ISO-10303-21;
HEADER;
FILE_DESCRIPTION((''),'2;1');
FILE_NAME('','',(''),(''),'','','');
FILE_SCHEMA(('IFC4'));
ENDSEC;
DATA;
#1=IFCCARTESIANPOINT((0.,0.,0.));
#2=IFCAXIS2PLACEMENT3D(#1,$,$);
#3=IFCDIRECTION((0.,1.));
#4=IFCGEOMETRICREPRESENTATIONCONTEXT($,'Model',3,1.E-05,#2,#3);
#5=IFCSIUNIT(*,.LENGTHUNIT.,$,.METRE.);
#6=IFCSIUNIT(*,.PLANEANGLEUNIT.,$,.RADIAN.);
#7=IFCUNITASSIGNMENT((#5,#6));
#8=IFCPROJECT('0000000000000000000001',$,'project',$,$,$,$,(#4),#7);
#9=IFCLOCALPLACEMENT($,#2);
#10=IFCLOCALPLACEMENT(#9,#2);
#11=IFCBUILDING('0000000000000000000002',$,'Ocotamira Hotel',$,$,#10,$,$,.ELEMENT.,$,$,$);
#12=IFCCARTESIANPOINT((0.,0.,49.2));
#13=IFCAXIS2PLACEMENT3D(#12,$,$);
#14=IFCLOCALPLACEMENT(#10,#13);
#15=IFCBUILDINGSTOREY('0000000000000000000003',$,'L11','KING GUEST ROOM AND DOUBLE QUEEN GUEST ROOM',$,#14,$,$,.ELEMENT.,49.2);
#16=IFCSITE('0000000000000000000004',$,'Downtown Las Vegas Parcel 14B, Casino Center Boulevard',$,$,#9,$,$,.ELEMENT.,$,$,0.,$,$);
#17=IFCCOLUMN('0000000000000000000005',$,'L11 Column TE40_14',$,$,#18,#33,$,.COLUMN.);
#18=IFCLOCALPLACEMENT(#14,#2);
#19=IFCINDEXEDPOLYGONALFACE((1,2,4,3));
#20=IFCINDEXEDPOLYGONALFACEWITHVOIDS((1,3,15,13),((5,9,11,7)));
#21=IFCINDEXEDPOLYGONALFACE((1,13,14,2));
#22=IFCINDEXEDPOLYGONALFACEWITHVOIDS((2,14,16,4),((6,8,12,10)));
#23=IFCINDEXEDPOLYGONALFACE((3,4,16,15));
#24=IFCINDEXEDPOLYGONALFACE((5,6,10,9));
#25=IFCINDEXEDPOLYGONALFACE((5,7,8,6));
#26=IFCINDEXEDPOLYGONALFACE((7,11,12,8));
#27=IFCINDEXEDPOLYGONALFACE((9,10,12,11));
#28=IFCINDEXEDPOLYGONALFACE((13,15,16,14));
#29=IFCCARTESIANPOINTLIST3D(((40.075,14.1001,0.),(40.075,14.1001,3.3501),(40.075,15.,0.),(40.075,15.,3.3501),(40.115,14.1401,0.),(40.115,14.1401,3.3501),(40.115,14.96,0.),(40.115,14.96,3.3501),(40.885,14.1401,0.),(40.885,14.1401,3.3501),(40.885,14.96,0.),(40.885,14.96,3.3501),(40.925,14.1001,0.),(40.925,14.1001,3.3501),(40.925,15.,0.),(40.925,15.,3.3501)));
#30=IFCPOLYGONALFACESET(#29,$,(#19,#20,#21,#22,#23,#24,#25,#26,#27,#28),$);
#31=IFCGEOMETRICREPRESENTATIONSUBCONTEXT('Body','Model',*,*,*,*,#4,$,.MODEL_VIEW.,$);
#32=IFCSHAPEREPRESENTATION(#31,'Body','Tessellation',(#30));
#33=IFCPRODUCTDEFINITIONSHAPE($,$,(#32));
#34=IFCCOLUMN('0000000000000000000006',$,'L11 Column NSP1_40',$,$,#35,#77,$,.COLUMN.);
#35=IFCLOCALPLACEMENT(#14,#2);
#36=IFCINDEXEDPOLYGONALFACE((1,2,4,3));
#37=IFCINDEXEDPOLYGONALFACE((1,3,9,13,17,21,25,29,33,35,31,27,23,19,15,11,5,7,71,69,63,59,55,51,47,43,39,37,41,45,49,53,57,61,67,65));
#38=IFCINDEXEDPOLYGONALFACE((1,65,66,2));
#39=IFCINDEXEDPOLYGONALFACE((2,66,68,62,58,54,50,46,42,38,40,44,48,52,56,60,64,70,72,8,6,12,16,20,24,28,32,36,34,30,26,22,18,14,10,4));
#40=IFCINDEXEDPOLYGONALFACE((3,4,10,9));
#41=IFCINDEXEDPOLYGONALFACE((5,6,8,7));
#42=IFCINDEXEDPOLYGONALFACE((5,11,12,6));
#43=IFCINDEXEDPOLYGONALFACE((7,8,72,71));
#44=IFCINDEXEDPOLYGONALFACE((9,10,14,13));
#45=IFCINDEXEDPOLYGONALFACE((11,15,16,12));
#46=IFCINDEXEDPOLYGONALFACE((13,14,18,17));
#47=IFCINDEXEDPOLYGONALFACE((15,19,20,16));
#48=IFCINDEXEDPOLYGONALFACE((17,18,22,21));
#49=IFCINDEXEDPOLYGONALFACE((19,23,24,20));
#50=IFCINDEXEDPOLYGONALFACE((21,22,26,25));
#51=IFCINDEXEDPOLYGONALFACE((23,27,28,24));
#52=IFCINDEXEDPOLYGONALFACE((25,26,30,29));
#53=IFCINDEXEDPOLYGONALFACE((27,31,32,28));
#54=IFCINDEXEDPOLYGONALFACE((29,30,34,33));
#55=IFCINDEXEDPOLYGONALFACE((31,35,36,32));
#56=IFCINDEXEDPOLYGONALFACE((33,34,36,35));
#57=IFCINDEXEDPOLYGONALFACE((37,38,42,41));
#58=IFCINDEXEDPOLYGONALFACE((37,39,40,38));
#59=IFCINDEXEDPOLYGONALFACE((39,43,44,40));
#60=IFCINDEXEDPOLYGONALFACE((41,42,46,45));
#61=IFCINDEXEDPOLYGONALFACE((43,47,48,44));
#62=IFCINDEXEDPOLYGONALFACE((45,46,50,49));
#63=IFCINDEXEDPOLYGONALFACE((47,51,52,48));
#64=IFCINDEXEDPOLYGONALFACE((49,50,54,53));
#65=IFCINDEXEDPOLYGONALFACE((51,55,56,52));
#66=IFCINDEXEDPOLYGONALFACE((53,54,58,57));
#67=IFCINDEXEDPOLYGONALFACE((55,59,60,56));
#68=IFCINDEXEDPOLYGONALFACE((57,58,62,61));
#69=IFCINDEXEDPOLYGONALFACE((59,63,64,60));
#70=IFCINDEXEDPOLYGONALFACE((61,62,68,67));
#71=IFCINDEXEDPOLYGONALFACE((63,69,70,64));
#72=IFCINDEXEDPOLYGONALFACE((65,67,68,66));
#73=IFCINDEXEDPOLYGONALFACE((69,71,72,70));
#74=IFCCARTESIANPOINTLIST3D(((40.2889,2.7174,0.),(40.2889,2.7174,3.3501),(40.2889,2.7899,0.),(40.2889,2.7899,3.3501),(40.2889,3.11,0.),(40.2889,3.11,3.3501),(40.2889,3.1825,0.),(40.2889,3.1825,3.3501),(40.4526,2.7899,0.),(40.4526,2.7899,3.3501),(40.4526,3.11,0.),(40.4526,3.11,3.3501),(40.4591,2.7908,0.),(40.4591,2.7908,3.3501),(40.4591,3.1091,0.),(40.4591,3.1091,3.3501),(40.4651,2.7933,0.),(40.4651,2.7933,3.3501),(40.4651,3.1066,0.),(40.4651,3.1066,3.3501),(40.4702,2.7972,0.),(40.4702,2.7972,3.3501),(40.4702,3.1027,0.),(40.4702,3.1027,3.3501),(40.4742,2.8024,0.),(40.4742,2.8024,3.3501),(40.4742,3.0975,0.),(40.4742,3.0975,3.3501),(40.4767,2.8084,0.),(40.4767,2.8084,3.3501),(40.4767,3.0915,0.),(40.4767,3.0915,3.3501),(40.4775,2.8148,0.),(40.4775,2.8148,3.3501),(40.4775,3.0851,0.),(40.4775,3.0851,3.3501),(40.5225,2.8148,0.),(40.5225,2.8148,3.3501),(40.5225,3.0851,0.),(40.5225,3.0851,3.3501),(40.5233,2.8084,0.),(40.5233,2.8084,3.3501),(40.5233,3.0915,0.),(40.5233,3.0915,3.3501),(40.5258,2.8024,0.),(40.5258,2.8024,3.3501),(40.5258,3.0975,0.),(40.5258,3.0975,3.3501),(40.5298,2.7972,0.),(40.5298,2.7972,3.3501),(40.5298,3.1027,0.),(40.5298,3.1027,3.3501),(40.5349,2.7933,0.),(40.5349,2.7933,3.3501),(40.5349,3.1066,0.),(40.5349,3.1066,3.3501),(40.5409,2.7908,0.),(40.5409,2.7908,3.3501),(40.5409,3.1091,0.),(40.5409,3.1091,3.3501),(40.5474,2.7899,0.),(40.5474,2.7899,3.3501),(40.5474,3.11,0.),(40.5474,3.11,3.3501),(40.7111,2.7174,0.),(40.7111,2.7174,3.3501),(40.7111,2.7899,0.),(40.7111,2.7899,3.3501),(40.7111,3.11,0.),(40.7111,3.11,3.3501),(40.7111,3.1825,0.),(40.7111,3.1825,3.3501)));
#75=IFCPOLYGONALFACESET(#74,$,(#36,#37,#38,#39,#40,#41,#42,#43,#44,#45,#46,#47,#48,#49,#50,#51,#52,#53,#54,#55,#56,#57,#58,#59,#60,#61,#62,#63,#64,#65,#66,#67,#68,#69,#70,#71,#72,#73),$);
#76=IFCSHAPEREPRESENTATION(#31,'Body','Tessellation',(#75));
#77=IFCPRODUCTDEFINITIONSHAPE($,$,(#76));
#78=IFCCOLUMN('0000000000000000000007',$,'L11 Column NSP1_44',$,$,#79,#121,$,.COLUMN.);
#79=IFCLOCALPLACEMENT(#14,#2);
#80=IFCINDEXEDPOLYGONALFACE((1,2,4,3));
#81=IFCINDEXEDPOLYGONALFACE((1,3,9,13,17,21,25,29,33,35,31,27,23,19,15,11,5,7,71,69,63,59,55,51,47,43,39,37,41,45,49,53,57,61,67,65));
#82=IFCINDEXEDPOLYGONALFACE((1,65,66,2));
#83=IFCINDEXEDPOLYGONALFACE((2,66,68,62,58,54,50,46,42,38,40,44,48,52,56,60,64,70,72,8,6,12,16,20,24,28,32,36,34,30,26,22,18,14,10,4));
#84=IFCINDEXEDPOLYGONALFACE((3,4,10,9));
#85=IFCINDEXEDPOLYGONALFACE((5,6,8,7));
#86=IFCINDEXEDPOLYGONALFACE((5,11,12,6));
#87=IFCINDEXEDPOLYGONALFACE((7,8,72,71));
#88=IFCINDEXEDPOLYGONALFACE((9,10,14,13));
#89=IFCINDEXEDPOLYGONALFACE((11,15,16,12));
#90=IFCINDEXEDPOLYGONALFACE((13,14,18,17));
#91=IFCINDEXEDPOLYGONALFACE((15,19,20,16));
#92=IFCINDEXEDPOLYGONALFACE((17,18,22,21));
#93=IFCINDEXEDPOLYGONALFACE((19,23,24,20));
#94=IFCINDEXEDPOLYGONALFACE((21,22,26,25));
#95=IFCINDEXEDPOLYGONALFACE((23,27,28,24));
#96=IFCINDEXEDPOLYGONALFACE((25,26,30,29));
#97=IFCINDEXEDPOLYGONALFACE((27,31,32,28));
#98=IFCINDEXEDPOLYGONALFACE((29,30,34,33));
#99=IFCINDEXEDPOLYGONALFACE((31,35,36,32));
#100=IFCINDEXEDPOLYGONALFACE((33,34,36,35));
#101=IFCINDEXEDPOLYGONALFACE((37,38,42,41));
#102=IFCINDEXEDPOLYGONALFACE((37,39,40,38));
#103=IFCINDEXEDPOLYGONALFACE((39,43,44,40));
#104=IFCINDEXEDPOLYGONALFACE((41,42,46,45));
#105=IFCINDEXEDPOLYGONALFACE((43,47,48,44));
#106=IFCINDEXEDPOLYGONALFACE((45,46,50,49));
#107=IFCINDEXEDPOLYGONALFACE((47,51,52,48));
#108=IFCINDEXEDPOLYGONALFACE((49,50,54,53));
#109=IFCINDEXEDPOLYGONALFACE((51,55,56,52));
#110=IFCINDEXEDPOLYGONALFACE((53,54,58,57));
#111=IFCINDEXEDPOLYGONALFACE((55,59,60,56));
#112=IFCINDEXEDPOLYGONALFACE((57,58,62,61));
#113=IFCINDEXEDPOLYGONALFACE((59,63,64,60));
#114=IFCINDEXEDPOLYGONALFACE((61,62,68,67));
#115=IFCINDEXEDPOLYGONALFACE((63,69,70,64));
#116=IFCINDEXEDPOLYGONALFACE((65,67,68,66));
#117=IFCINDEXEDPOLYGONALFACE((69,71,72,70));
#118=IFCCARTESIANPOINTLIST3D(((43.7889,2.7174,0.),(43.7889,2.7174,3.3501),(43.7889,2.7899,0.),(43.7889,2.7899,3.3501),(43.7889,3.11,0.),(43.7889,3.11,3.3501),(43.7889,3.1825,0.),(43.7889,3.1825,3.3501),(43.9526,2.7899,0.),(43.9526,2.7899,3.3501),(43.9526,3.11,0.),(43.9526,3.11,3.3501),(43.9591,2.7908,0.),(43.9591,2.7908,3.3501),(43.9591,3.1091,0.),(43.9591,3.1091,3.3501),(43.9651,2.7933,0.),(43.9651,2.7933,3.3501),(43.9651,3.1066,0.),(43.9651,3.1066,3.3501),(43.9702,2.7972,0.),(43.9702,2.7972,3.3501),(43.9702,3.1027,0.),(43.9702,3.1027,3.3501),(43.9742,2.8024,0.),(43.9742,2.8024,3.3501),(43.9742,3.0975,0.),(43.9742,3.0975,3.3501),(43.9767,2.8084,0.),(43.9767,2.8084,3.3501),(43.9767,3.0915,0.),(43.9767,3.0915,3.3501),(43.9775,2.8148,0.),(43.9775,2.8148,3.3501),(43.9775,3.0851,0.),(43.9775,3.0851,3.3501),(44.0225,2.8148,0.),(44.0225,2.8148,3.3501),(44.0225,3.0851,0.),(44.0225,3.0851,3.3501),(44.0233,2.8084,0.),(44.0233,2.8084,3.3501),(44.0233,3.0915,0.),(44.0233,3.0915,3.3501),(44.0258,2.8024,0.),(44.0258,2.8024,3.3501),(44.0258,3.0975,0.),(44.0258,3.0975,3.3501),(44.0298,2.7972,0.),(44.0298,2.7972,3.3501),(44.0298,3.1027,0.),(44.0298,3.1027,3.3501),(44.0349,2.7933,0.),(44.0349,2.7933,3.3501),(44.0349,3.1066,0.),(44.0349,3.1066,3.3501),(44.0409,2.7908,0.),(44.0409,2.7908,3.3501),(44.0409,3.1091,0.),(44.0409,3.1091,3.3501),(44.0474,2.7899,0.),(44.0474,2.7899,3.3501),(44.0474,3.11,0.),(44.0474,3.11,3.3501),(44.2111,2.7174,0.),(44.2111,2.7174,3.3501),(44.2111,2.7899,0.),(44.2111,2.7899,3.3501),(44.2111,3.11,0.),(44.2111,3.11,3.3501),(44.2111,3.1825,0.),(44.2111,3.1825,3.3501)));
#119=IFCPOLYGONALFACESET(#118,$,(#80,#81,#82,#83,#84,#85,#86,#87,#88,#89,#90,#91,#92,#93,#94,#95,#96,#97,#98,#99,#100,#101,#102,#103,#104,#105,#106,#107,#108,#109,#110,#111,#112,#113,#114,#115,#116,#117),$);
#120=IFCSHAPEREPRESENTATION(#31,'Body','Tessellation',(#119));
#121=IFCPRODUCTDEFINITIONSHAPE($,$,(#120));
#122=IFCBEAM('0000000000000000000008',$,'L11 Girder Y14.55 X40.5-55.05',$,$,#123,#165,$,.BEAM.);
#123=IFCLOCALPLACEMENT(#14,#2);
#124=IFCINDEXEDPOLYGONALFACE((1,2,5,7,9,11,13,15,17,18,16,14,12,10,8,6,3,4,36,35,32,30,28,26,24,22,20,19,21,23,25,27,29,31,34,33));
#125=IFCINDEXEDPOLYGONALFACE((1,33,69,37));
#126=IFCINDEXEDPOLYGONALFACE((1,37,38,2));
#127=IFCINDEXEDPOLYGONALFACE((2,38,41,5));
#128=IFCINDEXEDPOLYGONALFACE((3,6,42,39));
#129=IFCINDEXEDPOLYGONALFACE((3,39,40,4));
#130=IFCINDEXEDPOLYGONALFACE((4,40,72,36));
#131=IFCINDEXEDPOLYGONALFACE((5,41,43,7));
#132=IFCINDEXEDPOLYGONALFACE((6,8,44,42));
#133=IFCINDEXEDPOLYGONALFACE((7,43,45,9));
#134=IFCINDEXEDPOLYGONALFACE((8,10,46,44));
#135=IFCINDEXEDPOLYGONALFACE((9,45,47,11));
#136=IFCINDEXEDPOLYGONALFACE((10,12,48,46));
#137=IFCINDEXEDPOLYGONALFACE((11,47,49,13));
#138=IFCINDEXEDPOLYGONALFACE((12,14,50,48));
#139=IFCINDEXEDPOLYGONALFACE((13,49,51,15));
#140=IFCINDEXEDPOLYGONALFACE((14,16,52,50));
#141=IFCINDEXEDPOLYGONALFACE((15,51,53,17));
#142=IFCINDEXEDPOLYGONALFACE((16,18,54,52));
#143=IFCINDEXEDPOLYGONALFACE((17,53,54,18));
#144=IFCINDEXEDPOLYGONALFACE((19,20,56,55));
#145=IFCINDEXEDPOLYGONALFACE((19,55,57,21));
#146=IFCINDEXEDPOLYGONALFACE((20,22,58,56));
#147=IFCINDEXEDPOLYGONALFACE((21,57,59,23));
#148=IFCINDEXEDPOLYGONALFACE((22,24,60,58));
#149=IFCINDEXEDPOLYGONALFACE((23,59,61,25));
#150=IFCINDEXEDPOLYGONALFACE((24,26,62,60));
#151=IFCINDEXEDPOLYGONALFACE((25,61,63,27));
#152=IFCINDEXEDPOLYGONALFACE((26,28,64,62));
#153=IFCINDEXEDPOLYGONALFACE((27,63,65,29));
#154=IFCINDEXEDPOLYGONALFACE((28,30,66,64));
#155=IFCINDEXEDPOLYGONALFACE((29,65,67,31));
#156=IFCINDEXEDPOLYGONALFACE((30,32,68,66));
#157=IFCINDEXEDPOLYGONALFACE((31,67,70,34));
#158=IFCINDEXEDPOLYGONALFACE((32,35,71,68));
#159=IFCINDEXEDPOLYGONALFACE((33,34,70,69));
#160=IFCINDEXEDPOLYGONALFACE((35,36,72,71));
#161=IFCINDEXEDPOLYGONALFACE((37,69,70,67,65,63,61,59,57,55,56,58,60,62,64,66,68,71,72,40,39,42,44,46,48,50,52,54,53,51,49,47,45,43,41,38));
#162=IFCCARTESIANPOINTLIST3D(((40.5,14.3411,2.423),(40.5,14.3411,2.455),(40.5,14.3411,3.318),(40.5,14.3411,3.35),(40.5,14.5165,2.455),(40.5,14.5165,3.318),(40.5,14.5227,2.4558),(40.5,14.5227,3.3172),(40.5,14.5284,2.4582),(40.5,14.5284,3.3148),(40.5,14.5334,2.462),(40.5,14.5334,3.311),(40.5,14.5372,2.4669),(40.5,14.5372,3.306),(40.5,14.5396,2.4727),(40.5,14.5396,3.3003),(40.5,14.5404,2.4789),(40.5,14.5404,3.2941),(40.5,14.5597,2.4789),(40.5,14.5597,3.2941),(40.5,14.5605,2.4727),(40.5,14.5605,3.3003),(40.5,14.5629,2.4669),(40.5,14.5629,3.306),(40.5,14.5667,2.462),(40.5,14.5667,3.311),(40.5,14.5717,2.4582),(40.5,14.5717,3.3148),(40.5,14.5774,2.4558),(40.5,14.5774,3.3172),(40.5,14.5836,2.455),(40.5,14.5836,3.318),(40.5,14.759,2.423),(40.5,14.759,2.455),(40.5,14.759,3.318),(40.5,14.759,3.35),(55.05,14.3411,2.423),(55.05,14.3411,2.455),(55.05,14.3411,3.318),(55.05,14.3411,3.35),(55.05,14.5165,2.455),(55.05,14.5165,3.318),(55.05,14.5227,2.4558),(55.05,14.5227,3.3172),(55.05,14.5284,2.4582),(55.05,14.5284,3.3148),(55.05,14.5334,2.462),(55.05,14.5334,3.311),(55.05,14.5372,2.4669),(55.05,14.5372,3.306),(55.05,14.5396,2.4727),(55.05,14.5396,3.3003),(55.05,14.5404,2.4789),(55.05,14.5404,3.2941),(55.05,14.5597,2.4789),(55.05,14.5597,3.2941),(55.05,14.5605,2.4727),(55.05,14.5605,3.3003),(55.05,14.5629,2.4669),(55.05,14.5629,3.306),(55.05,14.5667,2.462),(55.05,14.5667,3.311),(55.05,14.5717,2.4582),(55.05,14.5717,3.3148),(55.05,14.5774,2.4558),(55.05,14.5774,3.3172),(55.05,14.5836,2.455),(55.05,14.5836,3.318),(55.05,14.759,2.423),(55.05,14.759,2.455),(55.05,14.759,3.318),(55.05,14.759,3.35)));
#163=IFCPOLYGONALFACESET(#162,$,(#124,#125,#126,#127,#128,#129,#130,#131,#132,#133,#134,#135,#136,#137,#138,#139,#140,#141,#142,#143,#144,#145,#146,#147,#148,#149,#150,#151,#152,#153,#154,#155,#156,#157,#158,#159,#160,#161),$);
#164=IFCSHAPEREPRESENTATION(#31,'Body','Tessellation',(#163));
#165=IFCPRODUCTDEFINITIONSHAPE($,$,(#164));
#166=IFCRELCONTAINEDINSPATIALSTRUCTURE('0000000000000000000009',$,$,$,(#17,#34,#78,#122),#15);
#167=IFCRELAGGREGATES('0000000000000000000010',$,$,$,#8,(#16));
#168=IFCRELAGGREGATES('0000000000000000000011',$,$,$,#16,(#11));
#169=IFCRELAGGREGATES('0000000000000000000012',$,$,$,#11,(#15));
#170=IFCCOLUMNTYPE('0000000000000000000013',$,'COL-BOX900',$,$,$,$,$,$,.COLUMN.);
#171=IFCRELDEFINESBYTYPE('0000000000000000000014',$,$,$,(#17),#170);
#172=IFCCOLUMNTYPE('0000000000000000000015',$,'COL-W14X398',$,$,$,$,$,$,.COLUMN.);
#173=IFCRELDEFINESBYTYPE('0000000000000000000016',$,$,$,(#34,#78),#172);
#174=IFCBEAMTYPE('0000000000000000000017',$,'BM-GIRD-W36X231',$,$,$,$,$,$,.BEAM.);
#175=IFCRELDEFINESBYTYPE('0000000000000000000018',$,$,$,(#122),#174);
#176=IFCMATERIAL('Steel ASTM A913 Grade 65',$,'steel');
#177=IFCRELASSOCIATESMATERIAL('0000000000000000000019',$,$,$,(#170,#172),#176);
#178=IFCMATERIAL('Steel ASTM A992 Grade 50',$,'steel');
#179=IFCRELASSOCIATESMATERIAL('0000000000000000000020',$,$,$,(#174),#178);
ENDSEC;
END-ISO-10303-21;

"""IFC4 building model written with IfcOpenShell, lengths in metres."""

from ifc_helpers import new_model, si_unit, direction, frame, origin, origin_2d, place, context, subcontext, project, spatial, hollow_rectangle, i_section, extrude, source, transform, mapped, material, material_profile, profile_set, type_object, element, save


model = new_model("IFC4")

# Units and contexts
model_context = context("Model", 3, precision=1e-05, world=origin(), true_north=direction((0.0, 1.0)))
body_context = subcontext(model_context, "Body", "Model", "MODEL_VIEW")
ifc_project = project(units=[si_unit("LENGTHUNIT", "METRE"), si_unit("PLANEANGLEUNIT", "RADIAN")], contexts=[model_context])

# Site, building, storey
site_placement = place(None, origin())
site = spatial("IfcSite", under=ifc_project, at=site_placement, Name="Downtown Las Vegas Parcel 14B, Casino Center Boulevard", CompositionType="ELEMENT", RefElevation=0.0)
building_placement = place(site_placement, origin())
building = spatial("IfcBuilding", under=site, at=building_placement, Name="Ocotamira Hotel", CompositionType="ELEMENT")
storey_placement = place(building_placement, frame((0.0, 0.0, 49.2)))
storey = spatial("IfcBuildingStorey", under=building, at=storey_placement, Name="L11", Description="KING GUEST ROOM AND DOUBLE QUEEN GUEST ROOM", CompositionType="ELEMENT", Elevation=49.2)

# Columns
ifc_material_1 = material(Name="Steel ASTM A913 Grade 65", Category="steel")
ifc_material_profile_1 = material_profile(ifc_material_1, hollow_rectangle(XDim=0.8501, YDim=0.8999, WallThickness=0.04, at=origin_2d()), Name="BOX900X850X40")
ifc_profile_set_1 = profile_set([ifc_material_profile_1], Name="Steel ASTM A913 Grade 65")
column_type_1 = type_object("IfcColumnType", Name="COL-BOX900", PredefinedType="COLUMN", material=ifc_profile_set_1)
shared_shape_1 = source(origin(), body_context, "Body", "SweptSolid", [
    extrude(hollow_rectangle(XDim=0.8501, YDim=0.8999, WallThickness=0.04, at=origin_2d()), origin(), (0.0, 0.0, 1.0), 3.3501),
])
column_placement = place(storey_placement, frame((40.5, 14.55, 0.0), z_axis=(0.0, 0.0, 1.0), x_axis=(1.0, 0.0, 0.0)))
element("IfcColumn", 1, at=column_placement, inside=storey, type_object=column_type_1, Name="L11 Column TE40_14", PredefinedType="COLUMN", context=body_context, shape_type="MappedRepresentation", body=[
    mapped(shared_shape_1, transform((0.0, 0.0, 0.0), scale=1.0)),
])
ifc_material_profile_2 = material_profile(ifc_material_1, i_section(OverallWidth=0.4221, OverallDepth=0.4651, WebThickness=0.0449, FlangeThickness=0.0725, FilletRadius=0.0249, at=origin_2d()), Name="W14X398")
ifc_profile_set_2 = profile_set([ifc_material_profile_2], Name="Steel ASTM A913 Grade 65")
column_type_2 = type_object("IfcColumnType", Name="COL-W14X398", PredefinedType="COLUMN", material=ifc_profile_set_2)
shared_shape_2 = source(origin(), body_context, "Body", "SweptSolid", [
    extrude(i_section(OverallWidth=0.4221, OverallDepth=0.4651, WebThickness=0.0449, FlangeThickness=0.0725, FilletRadius=0.0249, at=origin_2d()), origin(), (0.0, 0.0, 1.0), 3.3501),
])
for number, where, z_axis, x_axis, name in (
    (2, (40.5, 2.95, 0.0), (0.0, 0.0, 1.0), (1.0, 0.0, 0.0), "L11 Column NSP1_40"),
    (3, (44.0, 2.95, 0.0), (0.0, 0.0, 1.0), (1.0, 0.0, 0.0), "L11 Column NSP1_44"),
):
    element("IfcColumn", number, at=place(storey_placement, frame(where, z_axis=z_axis, x_axis=x_axis)), inside=storey, type_object=column_type_2, Name=name, PredefinedType="COLUMN", context=body_context, shape_type="MappedRepresentation", body=[
        mapped(shared_shape_2, transform((0.0, 0.0, 0.0), scale=1.0)),
    ])

# Beam
ifc_material_2 = material(Name="Steel ASTM A992 Grade 50", Category="steel")
ifc_material_profile_3 = material_profile(ifc_material_2, i_section(OverallWidth=0.418, OverallDepth=0.927, WebThickness=0.0193, FlangeThickness=0.032, FilletRadius=0.0239, at=origin_2d()), Name="W36X231")
ifc_profile_set_3 = profile_set([ifc_material_profile_3], Name="Steel ASTM A992 Grade 50")
beam_type_1 = type_object("IfcBeamType", Name="BM-GIRD-W36X231", PredefinedType="BEAM", material=ifc_profile_set_3)
shared_shape_3 = source(origin(), body_context, "Body", "SweptSolid", [
    extrude(i_section(OverallWidth=0.418, OverallDepth=0.927, WebThickness=0.0193, FlangeThickness=0.032, FilletRadius=0.0239, at=origin_2d()), origin(), (0.0, 0.0, 1.0), 14.55),
])
beam_1_placement = place(storey_placement, frame((40.5, 14.55, 2.8865), z_axis=(1.0, 0.0, 0.0), x_axis=(0.0, 1.0, 0.0)))
element("IfcBeam", 4, at=beam_1_placement, inside=storey, type_object=beam_type_1, Name="L11 Girder Y14.55 X40.5-55.05", PredefinedType="BEAM", context=body_context, shape_type="MappedRepresentation", body=[
    mapped(shared_shape_3, transform((0.0, 0.0, 0.0), scale=1.0)),
])

save(model, "model.ifc")
